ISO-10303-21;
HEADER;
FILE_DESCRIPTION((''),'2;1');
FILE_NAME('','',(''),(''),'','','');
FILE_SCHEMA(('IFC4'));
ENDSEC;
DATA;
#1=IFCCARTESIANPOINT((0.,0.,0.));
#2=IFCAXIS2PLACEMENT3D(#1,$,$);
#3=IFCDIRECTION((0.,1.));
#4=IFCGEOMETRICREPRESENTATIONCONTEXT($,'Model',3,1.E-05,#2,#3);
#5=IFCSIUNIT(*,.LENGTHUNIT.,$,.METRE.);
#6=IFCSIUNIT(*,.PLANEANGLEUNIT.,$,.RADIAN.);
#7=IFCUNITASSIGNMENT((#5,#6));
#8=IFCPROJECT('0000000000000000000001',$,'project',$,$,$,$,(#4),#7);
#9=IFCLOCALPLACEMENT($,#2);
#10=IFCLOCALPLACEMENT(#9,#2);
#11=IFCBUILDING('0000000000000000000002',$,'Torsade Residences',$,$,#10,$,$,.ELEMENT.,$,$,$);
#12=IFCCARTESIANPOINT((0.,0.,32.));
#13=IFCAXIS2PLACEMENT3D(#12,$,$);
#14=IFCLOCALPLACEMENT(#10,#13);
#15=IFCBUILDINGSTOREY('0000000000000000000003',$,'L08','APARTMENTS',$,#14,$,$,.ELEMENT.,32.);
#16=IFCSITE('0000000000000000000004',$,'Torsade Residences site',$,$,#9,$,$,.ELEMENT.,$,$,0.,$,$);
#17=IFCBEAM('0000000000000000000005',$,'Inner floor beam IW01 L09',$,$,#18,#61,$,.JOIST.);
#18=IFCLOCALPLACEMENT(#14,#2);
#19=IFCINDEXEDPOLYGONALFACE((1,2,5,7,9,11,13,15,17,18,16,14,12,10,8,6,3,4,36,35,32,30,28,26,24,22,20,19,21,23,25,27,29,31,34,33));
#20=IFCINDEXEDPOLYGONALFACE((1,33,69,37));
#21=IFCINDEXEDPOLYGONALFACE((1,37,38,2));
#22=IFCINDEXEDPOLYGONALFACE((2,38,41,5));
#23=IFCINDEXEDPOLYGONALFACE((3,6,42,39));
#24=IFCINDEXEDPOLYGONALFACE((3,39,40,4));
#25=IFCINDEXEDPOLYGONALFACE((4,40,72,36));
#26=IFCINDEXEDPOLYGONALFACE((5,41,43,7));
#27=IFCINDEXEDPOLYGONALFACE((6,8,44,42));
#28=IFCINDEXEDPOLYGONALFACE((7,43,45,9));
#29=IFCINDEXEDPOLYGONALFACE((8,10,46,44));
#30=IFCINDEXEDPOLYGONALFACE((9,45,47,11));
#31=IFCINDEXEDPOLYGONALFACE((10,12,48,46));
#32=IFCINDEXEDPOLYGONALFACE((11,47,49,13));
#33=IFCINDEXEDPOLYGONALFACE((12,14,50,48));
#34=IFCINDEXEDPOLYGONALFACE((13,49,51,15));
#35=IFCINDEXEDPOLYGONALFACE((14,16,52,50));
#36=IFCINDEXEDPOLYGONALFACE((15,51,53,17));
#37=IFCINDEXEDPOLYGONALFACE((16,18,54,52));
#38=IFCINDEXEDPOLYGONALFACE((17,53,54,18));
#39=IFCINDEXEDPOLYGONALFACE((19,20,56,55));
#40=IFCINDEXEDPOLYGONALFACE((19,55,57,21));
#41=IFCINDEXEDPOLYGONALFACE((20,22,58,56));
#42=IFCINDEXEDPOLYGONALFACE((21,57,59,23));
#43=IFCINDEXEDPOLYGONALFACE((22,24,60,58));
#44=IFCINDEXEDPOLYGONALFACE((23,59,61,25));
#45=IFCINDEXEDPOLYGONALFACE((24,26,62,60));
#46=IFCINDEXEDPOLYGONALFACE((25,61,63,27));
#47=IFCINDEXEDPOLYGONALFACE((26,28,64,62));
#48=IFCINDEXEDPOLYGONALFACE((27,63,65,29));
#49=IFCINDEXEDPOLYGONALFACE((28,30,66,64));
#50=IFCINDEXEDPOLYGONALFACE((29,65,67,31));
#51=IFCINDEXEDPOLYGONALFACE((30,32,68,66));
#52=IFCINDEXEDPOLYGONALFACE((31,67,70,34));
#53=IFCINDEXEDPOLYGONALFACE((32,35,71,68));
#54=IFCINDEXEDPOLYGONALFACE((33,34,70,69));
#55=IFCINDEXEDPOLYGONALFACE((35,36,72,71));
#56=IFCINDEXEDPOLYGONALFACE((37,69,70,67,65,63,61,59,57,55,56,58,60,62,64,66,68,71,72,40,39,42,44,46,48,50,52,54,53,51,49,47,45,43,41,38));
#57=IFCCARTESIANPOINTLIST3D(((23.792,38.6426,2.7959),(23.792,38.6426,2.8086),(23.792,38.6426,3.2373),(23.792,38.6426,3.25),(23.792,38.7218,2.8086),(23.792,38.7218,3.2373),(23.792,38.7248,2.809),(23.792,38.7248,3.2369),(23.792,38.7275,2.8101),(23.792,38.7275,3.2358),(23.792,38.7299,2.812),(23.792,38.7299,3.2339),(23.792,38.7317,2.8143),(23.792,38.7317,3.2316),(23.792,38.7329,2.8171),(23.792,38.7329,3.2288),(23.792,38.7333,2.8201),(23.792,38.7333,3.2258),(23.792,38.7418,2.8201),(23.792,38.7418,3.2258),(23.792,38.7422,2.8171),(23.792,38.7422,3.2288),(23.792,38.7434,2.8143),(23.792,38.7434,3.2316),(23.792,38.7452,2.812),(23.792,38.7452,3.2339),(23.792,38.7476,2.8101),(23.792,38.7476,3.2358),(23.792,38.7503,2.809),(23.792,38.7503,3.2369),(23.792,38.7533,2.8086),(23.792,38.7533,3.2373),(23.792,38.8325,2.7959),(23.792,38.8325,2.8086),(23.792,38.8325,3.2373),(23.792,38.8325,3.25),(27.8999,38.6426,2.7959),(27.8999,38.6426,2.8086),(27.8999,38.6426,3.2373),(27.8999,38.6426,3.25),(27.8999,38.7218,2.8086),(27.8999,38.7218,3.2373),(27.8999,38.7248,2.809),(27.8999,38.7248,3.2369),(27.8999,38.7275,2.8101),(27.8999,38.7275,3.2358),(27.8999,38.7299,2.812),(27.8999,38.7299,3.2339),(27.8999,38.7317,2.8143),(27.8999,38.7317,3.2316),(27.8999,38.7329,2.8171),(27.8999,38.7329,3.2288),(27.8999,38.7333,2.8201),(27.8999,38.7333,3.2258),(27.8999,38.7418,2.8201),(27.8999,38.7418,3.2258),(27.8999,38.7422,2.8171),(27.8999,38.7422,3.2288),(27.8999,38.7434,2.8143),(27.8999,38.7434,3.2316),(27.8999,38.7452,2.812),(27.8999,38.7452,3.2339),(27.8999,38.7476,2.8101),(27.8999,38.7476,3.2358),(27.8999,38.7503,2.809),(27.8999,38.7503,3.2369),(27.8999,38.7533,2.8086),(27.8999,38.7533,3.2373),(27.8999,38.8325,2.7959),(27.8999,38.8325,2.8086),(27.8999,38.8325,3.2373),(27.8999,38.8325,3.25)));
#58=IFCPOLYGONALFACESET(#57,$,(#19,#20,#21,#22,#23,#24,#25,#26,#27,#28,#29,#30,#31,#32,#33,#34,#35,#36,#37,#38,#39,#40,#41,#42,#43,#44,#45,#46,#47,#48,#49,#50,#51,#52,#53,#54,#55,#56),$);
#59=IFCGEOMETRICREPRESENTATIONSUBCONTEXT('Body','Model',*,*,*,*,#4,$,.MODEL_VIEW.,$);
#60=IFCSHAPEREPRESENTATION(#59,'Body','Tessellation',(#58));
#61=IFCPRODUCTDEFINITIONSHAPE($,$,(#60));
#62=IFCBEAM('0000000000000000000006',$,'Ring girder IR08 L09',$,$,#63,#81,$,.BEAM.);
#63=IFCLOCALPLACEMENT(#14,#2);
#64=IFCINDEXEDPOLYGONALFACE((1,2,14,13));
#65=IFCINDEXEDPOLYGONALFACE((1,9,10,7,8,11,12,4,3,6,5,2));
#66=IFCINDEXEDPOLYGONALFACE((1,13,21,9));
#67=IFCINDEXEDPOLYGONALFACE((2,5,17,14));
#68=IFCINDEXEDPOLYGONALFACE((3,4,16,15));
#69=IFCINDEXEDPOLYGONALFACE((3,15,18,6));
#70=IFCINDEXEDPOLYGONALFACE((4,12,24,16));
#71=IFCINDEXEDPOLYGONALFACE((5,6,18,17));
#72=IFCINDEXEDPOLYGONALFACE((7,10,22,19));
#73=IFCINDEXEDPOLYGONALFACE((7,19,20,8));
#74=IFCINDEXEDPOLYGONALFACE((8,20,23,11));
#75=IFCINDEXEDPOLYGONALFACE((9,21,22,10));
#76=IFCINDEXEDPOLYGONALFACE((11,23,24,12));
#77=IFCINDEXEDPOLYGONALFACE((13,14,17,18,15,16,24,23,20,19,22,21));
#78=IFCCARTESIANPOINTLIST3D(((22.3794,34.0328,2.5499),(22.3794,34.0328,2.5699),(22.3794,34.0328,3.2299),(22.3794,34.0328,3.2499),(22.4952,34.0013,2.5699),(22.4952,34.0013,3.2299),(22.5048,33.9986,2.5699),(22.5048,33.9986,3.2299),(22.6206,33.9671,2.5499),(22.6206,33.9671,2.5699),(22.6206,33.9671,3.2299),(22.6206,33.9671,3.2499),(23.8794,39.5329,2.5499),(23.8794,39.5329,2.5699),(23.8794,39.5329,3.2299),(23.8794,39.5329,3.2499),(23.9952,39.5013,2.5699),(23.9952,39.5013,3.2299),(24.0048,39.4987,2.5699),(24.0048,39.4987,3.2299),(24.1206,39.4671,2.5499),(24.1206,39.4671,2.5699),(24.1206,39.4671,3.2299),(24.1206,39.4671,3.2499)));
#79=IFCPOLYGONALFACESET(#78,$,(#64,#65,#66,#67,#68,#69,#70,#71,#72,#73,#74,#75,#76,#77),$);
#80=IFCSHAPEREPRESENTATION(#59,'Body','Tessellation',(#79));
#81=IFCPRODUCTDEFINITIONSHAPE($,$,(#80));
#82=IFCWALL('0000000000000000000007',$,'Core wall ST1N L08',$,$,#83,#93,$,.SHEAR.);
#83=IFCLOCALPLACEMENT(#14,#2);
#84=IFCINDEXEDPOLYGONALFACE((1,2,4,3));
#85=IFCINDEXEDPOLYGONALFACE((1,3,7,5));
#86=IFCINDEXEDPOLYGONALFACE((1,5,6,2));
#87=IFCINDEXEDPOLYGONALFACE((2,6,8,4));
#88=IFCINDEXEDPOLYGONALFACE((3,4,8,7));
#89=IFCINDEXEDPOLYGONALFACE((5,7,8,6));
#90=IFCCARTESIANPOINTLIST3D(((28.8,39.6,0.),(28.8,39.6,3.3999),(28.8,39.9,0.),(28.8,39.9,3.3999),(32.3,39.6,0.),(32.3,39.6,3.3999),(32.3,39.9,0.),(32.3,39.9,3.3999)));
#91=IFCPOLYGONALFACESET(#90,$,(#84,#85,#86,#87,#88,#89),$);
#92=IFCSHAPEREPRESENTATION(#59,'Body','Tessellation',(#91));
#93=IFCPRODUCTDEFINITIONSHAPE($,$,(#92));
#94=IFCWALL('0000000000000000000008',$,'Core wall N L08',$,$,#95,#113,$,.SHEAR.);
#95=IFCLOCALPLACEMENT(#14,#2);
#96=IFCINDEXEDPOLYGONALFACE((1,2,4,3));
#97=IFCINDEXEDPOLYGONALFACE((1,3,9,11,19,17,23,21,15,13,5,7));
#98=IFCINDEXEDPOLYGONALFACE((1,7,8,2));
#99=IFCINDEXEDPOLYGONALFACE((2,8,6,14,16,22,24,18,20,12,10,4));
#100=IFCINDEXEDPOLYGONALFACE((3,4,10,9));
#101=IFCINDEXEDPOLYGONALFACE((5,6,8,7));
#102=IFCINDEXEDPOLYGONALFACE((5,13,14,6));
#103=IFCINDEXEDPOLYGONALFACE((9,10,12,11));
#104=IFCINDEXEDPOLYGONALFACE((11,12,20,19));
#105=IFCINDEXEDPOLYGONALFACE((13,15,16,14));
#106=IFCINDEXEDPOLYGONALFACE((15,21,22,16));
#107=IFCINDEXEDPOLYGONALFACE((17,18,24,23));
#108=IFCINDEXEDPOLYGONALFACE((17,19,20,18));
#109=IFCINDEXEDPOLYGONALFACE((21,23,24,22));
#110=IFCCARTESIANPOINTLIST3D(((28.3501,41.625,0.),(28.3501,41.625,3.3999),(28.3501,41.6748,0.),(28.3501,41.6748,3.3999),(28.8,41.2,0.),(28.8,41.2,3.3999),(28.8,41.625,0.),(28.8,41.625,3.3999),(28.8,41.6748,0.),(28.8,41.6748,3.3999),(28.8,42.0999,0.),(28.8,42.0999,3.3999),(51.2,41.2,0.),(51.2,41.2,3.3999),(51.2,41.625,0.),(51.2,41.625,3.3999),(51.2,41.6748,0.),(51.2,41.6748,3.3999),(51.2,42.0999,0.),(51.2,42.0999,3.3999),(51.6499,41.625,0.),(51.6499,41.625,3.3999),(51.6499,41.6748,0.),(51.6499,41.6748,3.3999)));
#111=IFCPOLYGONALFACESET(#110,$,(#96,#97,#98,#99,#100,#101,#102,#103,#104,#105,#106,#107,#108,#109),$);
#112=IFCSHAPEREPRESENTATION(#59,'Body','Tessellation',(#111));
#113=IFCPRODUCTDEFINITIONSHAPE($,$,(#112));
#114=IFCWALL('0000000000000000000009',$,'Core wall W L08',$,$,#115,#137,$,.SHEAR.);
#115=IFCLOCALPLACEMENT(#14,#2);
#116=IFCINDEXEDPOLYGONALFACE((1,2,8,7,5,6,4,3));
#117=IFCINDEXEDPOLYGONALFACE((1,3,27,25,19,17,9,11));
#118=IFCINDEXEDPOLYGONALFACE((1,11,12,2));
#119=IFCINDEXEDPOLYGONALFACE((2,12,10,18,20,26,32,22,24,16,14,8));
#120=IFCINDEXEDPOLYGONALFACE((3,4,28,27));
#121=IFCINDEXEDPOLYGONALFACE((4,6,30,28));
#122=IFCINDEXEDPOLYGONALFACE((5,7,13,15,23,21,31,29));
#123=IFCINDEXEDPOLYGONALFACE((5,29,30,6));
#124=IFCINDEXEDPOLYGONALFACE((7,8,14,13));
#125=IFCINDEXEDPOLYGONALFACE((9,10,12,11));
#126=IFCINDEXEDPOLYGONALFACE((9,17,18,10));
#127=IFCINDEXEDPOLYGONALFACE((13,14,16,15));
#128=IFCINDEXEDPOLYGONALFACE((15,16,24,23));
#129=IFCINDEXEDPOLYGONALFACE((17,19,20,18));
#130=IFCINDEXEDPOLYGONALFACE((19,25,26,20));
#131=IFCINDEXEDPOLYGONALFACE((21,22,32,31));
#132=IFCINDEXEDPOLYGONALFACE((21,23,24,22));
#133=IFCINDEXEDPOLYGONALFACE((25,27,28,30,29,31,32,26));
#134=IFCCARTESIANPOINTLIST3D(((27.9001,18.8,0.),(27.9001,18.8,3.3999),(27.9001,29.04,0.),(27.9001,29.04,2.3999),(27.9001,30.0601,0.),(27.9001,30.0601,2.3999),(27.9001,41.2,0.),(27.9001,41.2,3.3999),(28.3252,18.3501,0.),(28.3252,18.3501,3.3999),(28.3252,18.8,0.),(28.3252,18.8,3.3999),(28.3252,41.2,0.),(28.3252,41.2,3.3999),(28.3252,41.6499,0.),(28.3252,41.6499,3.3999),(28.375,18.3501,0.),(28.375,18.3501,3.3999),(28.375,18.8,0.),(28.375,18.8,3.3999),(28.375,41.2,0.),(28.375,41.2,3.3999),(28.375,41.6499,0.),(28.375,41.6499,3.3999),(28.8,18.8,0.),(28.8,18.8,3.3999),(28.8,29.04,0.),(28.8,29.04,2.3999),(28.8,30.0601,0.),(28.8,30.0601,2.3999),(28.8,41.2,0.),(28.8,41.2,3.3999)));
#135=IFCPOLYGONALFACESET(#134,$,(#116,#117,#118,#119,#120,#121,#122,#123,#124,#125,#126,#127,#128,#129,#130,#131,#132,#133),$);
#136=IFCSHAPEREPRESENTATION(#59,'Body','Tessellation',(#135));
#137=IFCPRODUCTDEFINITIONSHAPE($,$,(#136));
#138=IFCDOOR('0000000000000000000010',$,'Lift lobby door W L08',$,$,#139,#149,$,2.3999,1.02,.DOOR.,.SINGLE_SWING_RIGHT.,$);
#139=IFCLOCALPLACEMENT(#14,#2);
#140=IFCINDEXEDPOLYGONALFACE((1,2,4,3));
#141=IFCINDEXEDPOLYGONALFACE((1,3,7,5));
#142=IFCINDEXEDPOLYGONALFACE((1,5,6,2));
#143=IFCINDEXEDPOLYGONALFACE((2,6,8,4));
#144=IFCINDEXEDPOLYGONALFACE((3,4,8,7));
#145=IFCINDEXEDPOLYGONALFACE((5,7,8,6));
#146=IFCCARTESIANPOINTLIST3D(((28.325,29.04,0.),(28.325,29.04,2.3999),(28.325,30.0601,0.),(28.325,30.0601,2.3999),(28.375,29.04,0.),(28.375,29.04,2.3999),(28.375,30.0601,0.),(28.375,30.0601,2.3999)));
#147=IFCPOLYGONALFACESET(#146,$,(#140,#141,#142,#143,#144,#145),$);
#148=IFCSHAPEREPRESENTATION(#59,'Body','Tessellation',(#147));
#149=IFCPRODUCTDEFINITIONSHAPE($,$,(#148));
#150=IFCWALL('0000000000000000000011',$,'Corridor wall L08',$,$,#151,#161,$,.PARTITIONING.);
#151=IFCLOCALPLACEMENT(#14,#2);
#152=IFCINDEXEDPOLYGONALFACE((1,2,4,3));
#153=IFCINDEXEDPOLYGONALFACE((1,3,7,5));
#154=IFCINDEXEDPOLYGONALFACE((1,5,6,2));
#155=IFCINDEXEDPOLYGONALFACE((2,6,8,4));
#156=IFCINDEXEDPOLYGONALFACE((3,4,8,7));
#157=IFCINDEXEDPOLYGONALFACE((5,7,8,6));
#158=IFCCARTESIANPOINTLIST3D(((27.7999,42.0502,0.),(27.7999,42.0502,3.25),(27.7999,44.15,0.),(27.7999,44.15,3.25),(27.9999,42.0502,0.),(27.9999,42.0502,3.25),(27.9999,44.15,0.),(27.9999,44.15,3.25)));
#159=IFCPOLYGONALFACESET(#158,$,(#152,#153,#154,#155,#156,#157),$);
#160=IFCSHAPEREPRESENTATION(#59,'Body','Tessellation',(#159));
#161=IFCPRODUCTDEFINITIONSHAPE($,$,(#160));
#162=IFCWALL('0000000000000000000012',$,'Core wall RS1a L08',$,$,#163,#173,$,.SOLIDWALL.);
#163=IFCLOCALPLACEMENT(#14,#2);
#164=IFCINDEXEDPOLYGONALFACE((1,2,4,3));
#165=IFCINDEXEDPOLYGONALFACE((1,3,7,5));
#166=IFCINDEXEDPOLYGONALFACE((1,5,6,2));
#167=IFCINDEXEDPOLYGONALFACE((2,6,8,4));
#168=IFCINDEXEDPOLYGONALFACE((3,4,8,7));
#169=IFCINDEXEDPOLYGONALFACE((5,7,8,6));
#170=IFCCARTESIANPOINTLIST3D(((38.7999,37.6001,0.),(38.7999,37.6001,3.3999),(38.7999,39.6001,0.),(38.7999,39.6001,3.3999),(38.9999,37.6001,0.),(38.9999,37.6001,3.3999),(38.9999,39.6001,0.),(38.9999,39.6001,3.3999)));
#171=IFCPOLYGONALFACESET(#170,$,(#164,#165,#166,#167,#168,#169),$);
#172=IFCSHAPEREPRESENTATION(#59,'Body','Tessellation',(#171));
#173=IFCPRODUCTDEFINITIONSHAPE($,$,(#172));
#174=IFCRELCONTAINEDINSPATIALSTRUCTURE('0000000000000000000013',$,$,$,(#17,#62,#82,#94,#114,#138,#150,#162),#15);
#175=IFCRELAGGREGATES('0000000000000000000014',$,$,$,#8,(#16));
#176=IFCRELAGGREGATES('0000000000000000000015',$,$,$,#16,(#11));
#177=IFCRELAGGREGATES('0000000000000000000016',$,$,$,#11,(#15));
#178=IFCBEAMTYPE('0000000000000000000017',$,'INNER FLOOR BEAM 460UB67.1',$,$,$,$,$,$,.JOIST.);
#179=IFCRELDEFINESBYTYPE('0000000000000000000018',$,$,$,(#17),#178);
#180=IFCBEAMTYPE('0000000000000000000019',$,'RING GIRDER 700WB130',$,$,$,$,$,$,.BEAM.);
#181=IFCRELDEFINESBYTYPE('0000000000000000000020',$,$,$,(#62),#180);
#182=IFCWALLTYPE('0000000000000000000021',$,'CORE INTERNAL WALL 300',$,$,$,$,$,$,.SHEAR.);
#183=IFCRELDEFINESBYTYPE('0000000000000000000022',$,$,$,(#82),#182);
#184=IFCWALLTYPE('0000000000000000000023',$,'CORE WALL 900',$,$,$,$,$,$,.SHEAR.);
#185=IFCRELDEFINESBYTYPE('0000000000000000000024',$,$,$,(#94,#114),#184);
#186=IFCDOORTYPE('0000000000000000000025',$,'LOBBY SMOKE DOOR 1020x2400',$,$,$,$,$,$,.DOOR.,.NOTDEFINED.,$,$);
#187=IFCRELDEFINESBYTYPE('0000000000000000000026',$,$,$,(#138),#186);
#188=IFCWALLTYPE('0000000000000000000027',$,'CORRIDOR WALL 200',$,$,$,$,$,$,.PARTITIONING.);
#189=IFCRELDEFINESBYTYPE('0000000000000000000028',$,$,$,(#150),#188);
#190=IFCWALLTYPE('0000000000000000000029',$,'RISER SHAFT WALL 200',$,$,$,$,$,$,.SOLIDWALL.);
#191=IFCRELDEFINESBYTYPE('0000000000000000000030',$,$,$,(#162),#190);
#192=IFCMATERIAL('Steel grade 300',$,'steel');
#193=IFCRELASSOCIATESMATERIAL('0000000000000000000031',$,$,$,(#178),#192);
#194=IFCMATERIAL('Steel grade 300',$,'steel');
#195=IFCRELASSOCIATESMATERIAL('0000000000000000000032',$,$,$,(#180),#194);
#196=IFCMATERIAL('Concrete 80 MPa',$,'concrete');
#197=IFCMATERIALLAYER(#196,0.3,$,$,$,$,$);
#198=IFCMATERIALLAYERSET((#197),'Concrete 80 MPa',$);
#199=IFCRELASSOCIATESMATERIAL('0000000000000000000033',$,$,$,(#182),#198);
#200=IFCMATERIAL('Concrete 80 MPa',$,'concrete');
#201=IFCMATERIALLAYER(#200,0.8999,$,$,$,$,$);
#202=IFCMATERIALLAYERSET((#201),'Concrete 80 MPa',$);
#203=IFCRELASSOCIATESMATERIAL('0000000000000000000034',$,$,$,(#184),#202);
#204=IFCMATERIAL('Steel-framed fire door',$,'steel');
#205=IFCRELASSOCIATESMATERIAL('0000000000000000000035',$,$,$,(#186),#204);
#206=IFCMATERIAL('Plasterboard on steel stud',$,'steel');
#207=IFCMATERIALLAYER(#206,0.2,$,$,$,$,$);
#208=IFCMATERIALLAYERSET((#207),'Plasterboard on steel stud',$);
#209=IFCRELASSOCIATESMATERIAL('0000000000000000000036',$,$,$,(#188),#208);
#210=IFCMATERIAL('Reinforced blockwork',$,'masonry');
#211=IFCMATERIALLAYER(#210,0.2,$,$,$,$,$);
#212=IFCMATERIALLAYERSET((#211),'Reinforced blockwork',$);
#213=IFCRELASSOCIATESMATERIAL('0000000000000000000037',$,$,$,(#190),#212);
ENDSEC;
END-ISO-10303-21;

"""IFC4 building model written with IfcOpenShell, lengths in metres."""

from ifc_helpers import new_model, si_unit, direction, frame, frame_2d, origin, origin_2d, place, context, subcontext, project, spatial, polyline, rectangle, i_section, outline, extrude, material, layer, layer_set, material_profile, profile_set, type_object, element, fill, save


model = new_model("IFC4")

# Units and contexts
model_context = context("Model", 3, precision=1e-05, world=origin(), true_north=direction((0.0, 1.0)))
body_context = subcontext(model_context, "Body", "Model", "MODEL_VIEW")
ifc_project = project(units=[si_unit("LENGTHUNIT", "METRE"), si_unit("PLANEANGLEUNIT", "RADIAN")], contexts=[model_context])

# Site, building, storey
site_placement = place(None, origin())
site = spatial("IfcSite", under=ifc_project, at=site_placement, Name="Torsade Residences site", CompositionType="ELEMENT", RefElevation=0.0)
building_placement = place(site_placement, origin())
building = spatial("IfcBuilding", under=site, at=building_placement, Name="Torsade Residences", CompositionType="ELEMENT")
storey_placement = place(building_placement, frame((0.0, 0.0, 32.0)))
storey = spatial("IfcBuildingStorey", under=building, at=storey_placement, Name="L08", Description="APARTMENTS", CompositionType="ELEMENT", Elevation=32.0)

# Beams
ifc_material_1 = material(Name="Steel grade 300", Category="steel")
ifc_material_profile_1 = material_profile(ifc_material_1, i_section(OverallWidth=0.1899, OverallDepth=0.4541, WebThickness=0.0085, FlangeThickness=0.0127, FilletRadius=0.0115, at=origin_2d()), Name="460UB67.1")
ifc_profile_set_1 = profile_set([ifc_material_profile_1], Name="Steel grade 300")
beam_type_1 = type_object("IfcBeamType", Name="INNER FLOOR BEAM 460UB67.1", PredefinedType="JOIST", material=ifc_profile_set_1)
beam_1_placement = place(storey_placement, frame((27.8999, 38.7375, 3.0229), z_axis=(-1.0, 0.0, 0.0), x_axis=(0.0, -1.0, 0.0)))
element("IfcBeam", 1, at=beam_1_placement, inside=storey, type_object=beam_type_1, Name="Inner floor beam IW01 L09", PredefinedType="JOIST", context=body_context, shape_type="SweptSolid", body=[
    extrude(i_section(OverallWidth=0.1899, OverallDepth=0.4541, WebThickness=0.0085, FlangeThickness=0.0127, FilletRadius=0.0115, at=origin_2d()), origin(), (0.0, 0.0, 1.0), 4.1079),
])
ifc_material_2 = material(Name="Steel grade 300", Category="steel")
ifc_material_profile_2 = material_profile(ifc_material_2, i_section(OverallWidth=0.25, OverallDepth=0.7, WebThickness=0.01, FlangeThickness=0.02, at=origin_2d()), Name="700WB130")
ifc_profile_set_2 = profile_set([ifc_material_profile_2], Name="Steel grade 300")
beam_type_2 = type_object("IfcBeamType", Name="RING GIRDER 700WB130", PredefinedType="BEAM", material=ifc_profile_set_2)
beam_2_placement = place(storey_placement, frame((24.0, 39.5, 2.8999), z_axis=(-0.263117, -0.964764, 0.0), x_axis=(0.964764, -0.263117, 0.0)))
element("IfcBeam", 2, at=beam_2_placement, inside=storey, type_object=beam_type_2, Name="Ring girder IR08 L09", PredefinedType="BEAM", context=body_context, shape_type="SweptSolid", body=[
    extrude(i_section(OverallWidth=0.25, OverallDepth=0.7, WebThickness=0.01, FlangeThickness=0.02, at=origin_2d()), origin(), (0.0, 0.0, 1.0), 5.7009),
])

# Walls
ifc_material_3 = material(Name="Concrete 80 MPa", Category="concrete")
ifc_layer_1 = layer(ifc_material_3, 0.3)
ifc_layer_set_1 = layer_set([ifc_layer_1], Name="Concrete 80 MPa")
wall_type_1 = type_object("IfcWallType", Name="CORE INTERNAL WALL 300", PredefinedType="SHEAR", material=ifc_layer_set_1)
wall_1_placement = place(storey_placement, frame((28.8, 39.75, 0.0), z_axis=(0.0, 0.0, 1.0), x_axis=(1.0, 0.0, 0.0)))
element("IfcWall", 3, at=wall_1_placement, inside=storey, type_object=wall_type_1, Name="Core wall ST1N L08", PredefinedType="SHEAR", context=body_context, shape_type="SweptSolid", body=[
    extrude(rectangle(XDim=3.5, YDim=0.3, at=frame_2d((1.75, 0.0))), origin(), (0.0, 0.0, 1.0), 3.3999),
])
ifc_material_4 = material(Name="Concrete 80 MPa", Category="concrete")
ifc_layer_2 = layer(ifc_material_4, 0.8999)
ifc_layer_set_2 = layer_set([ifc_layer_2], Name="Concrete 80 MPa")
wall_type_2 = type_object("IfcWallType", Name="CORE WALL 900", PredefinedType="SHEAR", material=ifc_layer_set_2)
wall_2_placement = place(storey_placement, frame((28.8, 41.6499, 0.0), z_axis=(0.0, 0.0, 1.0), x_axis=(1.0, 0.0, 0.0)))
element("IfcWall", 4, at=wall_2_placement, inside=storey, type_object=wall_type_2, Name="Core wall N L08", PredefinedType="SHEAR", context=body_context, shape_type="SweptSolid", body=[
    extrude(outline(polyline([(0.0, -0.45), (22.3999, -0.45), (22.3999, -0.0249), (22.8499, -0.0249), (22.8499, 0.0249), (22.3999, 0.0249), (22.3999, 0.45), (0.0, 0.45), (0.0, 0.0249), (-0.45, 0.0249), (-0.45, -0.0249), (0.0, -0.0249), (0.0, -0.45)])), origin(), (0.0, 0.0, 1.0), 3.3999),
])

# Wall, opening, door
wall_3_placement = place(storey_placement, frame((28.3501, 41.2, 0.0), z_axis=(0.0, 0.0, 1.0), x_axis=(0.0, -1.0, 0.0)))
wall_3 = element("IfcWall", 5, at=wall_3_placement, inside=storey, type_object=wall_type_2, Name="Core wall W L08", PredefinedType="SHEAR", context=body_context, shape_type="SweptSolid", body=[
    extrude(outline(polyline([(0.0, -0.45), (22.3999, -0.45), (22.3999, -0.0249), (22.8499, -0.0249), (22.8499, 0.0249), (22.3999, 0.0249), (22.3999, 0.45), (0.0, 0.45), (0.0, 0.0249), (-0.45, 0.0249), (-0.45, -0.0249), (0.0, -0.0249), (0.0, -0.45)])), origin(), (0.0, 0.0, 1.0), 3.3999),
])
opening_placement = place(wall_3_placement, frame((11.1399, 0.0, 0.0)))
opening = element("IfcOpeningElement", 6, at=opening_placement, cuts=wall_3, PredefinedType="OPENING", context=body_context, shape_type="SweptSolid", body=[
    extrude(rectangle(XDim=1.02, YDim=2.3999, at=frame_2d((0.51, 1.2))), frame((0.0, 0.46, 0.0), z_axis=(0.0, -1.0, 0.0), x_axis=(1.0, 0.0, 0.0)), (0.0, 0.0, 1.0), 0.9199),
])
ifc_material_5 = material(Name="Steel-framed fire door", Category="steel")
door_type = type_object("IfcDoorType", Name="LOBBY SMOKE DOOR 1020x2400", OperationType="NOTDEFINED", PredefinedType="DOOR", material=ifc_material_5)
door_placement = place(opening_placement, origin())
door = element("IfcDoor", 7, at=door_placement, inside=storey, type_object=door_type, Name="Lift lobby door W L08", OperationType="SINGLE_SWING_RIGHT", OverallHeight=2.3999, OverallWidth=1.02, PredefinedType="DOOR", context=body_context, shape_type="SweptSolid", body=[
    extrude(rectangle(XDim=1.02, YDim=2.3999, at=frame_2d((0.51, 1.2))), frame((0.0, 0.0249, 0.0), z_axis=(0.0, -1.0, 0.0), x_axis=(1.0, 0.0, 0.0)), (0.0, 0.0, 1.0), 0.05),
])
fill(opening, door)

# Walls
ifc_material_6 = material(Name="Plasterboard on steel stud", Category="steel")
ifc_layer_3 = layer(ifc_material_6, 0.2)
ifc_layer_set_3 = layer_set([ifc_layer_3], Name="Plasterboard on steel stud")
wall_type_3 = type_object("IfcWallType", Name="CORRIDOR WALL 200", PredefinedType="PARTITIONING", material=ifc_layer_set_3)
wall_4_placement = place(storey_placement, frame((27.8999, 44.1499, 0.0), z_axis=(0.0, 0.0, 1.0), x_axis=(0.0, -1.0, 0.0)))
element("IfcWall", 8, at=wall_4_placement, inside=storey, type_object=wall_type_3, Name="Corridor wall L08", PredefinedType="PARTITIONING", context=body_context, shape_type="SweptSolid", body=[
    extrude(rectangle(XDim=2.0999, YDim=0.2, at=frame_2d((1.0498, 0.0))), origin(), (0.0, 0.0, 1.0), 3.25),
])
ifc_material_7 = material(Name="Reinforced blockwork", Category="masonry")
ifc_layer_4 = layer(ifc_material_7, 0.2)
ifc_layer_set_4 = layer_set([ifc_layer_4], Name="Reinforced blockwork")
wall_type_4 = type_object("IfcWallType", Name="RISER SHAFT WALL 200", PredefinedType="SOLIDWALL", material=ifc_layer_set_4)
wall_5_placement = place(storey_placement, frame((38.8999, 37.6001, 0.0), z_axis=(0.0, 0.0, 1.0), x_axis=(0.0, 1.0, 0.0)))
element("IfcWall", 9, at=wall_5_placement, inside=storey, type_object=wall_type_4, Name="Core wall RS1a L08", PredefinedType="SOLIDWALL", context=body_context, shape_type="SweptSolid", body=[
    extrude(rectangle(XDim=2.0, YDim=0.2, at=frame_2d((1.0, 0.0))), origin(), (0.0, 0.0, 1.0), 3.3999),
])

save(model, "model.ifc")
